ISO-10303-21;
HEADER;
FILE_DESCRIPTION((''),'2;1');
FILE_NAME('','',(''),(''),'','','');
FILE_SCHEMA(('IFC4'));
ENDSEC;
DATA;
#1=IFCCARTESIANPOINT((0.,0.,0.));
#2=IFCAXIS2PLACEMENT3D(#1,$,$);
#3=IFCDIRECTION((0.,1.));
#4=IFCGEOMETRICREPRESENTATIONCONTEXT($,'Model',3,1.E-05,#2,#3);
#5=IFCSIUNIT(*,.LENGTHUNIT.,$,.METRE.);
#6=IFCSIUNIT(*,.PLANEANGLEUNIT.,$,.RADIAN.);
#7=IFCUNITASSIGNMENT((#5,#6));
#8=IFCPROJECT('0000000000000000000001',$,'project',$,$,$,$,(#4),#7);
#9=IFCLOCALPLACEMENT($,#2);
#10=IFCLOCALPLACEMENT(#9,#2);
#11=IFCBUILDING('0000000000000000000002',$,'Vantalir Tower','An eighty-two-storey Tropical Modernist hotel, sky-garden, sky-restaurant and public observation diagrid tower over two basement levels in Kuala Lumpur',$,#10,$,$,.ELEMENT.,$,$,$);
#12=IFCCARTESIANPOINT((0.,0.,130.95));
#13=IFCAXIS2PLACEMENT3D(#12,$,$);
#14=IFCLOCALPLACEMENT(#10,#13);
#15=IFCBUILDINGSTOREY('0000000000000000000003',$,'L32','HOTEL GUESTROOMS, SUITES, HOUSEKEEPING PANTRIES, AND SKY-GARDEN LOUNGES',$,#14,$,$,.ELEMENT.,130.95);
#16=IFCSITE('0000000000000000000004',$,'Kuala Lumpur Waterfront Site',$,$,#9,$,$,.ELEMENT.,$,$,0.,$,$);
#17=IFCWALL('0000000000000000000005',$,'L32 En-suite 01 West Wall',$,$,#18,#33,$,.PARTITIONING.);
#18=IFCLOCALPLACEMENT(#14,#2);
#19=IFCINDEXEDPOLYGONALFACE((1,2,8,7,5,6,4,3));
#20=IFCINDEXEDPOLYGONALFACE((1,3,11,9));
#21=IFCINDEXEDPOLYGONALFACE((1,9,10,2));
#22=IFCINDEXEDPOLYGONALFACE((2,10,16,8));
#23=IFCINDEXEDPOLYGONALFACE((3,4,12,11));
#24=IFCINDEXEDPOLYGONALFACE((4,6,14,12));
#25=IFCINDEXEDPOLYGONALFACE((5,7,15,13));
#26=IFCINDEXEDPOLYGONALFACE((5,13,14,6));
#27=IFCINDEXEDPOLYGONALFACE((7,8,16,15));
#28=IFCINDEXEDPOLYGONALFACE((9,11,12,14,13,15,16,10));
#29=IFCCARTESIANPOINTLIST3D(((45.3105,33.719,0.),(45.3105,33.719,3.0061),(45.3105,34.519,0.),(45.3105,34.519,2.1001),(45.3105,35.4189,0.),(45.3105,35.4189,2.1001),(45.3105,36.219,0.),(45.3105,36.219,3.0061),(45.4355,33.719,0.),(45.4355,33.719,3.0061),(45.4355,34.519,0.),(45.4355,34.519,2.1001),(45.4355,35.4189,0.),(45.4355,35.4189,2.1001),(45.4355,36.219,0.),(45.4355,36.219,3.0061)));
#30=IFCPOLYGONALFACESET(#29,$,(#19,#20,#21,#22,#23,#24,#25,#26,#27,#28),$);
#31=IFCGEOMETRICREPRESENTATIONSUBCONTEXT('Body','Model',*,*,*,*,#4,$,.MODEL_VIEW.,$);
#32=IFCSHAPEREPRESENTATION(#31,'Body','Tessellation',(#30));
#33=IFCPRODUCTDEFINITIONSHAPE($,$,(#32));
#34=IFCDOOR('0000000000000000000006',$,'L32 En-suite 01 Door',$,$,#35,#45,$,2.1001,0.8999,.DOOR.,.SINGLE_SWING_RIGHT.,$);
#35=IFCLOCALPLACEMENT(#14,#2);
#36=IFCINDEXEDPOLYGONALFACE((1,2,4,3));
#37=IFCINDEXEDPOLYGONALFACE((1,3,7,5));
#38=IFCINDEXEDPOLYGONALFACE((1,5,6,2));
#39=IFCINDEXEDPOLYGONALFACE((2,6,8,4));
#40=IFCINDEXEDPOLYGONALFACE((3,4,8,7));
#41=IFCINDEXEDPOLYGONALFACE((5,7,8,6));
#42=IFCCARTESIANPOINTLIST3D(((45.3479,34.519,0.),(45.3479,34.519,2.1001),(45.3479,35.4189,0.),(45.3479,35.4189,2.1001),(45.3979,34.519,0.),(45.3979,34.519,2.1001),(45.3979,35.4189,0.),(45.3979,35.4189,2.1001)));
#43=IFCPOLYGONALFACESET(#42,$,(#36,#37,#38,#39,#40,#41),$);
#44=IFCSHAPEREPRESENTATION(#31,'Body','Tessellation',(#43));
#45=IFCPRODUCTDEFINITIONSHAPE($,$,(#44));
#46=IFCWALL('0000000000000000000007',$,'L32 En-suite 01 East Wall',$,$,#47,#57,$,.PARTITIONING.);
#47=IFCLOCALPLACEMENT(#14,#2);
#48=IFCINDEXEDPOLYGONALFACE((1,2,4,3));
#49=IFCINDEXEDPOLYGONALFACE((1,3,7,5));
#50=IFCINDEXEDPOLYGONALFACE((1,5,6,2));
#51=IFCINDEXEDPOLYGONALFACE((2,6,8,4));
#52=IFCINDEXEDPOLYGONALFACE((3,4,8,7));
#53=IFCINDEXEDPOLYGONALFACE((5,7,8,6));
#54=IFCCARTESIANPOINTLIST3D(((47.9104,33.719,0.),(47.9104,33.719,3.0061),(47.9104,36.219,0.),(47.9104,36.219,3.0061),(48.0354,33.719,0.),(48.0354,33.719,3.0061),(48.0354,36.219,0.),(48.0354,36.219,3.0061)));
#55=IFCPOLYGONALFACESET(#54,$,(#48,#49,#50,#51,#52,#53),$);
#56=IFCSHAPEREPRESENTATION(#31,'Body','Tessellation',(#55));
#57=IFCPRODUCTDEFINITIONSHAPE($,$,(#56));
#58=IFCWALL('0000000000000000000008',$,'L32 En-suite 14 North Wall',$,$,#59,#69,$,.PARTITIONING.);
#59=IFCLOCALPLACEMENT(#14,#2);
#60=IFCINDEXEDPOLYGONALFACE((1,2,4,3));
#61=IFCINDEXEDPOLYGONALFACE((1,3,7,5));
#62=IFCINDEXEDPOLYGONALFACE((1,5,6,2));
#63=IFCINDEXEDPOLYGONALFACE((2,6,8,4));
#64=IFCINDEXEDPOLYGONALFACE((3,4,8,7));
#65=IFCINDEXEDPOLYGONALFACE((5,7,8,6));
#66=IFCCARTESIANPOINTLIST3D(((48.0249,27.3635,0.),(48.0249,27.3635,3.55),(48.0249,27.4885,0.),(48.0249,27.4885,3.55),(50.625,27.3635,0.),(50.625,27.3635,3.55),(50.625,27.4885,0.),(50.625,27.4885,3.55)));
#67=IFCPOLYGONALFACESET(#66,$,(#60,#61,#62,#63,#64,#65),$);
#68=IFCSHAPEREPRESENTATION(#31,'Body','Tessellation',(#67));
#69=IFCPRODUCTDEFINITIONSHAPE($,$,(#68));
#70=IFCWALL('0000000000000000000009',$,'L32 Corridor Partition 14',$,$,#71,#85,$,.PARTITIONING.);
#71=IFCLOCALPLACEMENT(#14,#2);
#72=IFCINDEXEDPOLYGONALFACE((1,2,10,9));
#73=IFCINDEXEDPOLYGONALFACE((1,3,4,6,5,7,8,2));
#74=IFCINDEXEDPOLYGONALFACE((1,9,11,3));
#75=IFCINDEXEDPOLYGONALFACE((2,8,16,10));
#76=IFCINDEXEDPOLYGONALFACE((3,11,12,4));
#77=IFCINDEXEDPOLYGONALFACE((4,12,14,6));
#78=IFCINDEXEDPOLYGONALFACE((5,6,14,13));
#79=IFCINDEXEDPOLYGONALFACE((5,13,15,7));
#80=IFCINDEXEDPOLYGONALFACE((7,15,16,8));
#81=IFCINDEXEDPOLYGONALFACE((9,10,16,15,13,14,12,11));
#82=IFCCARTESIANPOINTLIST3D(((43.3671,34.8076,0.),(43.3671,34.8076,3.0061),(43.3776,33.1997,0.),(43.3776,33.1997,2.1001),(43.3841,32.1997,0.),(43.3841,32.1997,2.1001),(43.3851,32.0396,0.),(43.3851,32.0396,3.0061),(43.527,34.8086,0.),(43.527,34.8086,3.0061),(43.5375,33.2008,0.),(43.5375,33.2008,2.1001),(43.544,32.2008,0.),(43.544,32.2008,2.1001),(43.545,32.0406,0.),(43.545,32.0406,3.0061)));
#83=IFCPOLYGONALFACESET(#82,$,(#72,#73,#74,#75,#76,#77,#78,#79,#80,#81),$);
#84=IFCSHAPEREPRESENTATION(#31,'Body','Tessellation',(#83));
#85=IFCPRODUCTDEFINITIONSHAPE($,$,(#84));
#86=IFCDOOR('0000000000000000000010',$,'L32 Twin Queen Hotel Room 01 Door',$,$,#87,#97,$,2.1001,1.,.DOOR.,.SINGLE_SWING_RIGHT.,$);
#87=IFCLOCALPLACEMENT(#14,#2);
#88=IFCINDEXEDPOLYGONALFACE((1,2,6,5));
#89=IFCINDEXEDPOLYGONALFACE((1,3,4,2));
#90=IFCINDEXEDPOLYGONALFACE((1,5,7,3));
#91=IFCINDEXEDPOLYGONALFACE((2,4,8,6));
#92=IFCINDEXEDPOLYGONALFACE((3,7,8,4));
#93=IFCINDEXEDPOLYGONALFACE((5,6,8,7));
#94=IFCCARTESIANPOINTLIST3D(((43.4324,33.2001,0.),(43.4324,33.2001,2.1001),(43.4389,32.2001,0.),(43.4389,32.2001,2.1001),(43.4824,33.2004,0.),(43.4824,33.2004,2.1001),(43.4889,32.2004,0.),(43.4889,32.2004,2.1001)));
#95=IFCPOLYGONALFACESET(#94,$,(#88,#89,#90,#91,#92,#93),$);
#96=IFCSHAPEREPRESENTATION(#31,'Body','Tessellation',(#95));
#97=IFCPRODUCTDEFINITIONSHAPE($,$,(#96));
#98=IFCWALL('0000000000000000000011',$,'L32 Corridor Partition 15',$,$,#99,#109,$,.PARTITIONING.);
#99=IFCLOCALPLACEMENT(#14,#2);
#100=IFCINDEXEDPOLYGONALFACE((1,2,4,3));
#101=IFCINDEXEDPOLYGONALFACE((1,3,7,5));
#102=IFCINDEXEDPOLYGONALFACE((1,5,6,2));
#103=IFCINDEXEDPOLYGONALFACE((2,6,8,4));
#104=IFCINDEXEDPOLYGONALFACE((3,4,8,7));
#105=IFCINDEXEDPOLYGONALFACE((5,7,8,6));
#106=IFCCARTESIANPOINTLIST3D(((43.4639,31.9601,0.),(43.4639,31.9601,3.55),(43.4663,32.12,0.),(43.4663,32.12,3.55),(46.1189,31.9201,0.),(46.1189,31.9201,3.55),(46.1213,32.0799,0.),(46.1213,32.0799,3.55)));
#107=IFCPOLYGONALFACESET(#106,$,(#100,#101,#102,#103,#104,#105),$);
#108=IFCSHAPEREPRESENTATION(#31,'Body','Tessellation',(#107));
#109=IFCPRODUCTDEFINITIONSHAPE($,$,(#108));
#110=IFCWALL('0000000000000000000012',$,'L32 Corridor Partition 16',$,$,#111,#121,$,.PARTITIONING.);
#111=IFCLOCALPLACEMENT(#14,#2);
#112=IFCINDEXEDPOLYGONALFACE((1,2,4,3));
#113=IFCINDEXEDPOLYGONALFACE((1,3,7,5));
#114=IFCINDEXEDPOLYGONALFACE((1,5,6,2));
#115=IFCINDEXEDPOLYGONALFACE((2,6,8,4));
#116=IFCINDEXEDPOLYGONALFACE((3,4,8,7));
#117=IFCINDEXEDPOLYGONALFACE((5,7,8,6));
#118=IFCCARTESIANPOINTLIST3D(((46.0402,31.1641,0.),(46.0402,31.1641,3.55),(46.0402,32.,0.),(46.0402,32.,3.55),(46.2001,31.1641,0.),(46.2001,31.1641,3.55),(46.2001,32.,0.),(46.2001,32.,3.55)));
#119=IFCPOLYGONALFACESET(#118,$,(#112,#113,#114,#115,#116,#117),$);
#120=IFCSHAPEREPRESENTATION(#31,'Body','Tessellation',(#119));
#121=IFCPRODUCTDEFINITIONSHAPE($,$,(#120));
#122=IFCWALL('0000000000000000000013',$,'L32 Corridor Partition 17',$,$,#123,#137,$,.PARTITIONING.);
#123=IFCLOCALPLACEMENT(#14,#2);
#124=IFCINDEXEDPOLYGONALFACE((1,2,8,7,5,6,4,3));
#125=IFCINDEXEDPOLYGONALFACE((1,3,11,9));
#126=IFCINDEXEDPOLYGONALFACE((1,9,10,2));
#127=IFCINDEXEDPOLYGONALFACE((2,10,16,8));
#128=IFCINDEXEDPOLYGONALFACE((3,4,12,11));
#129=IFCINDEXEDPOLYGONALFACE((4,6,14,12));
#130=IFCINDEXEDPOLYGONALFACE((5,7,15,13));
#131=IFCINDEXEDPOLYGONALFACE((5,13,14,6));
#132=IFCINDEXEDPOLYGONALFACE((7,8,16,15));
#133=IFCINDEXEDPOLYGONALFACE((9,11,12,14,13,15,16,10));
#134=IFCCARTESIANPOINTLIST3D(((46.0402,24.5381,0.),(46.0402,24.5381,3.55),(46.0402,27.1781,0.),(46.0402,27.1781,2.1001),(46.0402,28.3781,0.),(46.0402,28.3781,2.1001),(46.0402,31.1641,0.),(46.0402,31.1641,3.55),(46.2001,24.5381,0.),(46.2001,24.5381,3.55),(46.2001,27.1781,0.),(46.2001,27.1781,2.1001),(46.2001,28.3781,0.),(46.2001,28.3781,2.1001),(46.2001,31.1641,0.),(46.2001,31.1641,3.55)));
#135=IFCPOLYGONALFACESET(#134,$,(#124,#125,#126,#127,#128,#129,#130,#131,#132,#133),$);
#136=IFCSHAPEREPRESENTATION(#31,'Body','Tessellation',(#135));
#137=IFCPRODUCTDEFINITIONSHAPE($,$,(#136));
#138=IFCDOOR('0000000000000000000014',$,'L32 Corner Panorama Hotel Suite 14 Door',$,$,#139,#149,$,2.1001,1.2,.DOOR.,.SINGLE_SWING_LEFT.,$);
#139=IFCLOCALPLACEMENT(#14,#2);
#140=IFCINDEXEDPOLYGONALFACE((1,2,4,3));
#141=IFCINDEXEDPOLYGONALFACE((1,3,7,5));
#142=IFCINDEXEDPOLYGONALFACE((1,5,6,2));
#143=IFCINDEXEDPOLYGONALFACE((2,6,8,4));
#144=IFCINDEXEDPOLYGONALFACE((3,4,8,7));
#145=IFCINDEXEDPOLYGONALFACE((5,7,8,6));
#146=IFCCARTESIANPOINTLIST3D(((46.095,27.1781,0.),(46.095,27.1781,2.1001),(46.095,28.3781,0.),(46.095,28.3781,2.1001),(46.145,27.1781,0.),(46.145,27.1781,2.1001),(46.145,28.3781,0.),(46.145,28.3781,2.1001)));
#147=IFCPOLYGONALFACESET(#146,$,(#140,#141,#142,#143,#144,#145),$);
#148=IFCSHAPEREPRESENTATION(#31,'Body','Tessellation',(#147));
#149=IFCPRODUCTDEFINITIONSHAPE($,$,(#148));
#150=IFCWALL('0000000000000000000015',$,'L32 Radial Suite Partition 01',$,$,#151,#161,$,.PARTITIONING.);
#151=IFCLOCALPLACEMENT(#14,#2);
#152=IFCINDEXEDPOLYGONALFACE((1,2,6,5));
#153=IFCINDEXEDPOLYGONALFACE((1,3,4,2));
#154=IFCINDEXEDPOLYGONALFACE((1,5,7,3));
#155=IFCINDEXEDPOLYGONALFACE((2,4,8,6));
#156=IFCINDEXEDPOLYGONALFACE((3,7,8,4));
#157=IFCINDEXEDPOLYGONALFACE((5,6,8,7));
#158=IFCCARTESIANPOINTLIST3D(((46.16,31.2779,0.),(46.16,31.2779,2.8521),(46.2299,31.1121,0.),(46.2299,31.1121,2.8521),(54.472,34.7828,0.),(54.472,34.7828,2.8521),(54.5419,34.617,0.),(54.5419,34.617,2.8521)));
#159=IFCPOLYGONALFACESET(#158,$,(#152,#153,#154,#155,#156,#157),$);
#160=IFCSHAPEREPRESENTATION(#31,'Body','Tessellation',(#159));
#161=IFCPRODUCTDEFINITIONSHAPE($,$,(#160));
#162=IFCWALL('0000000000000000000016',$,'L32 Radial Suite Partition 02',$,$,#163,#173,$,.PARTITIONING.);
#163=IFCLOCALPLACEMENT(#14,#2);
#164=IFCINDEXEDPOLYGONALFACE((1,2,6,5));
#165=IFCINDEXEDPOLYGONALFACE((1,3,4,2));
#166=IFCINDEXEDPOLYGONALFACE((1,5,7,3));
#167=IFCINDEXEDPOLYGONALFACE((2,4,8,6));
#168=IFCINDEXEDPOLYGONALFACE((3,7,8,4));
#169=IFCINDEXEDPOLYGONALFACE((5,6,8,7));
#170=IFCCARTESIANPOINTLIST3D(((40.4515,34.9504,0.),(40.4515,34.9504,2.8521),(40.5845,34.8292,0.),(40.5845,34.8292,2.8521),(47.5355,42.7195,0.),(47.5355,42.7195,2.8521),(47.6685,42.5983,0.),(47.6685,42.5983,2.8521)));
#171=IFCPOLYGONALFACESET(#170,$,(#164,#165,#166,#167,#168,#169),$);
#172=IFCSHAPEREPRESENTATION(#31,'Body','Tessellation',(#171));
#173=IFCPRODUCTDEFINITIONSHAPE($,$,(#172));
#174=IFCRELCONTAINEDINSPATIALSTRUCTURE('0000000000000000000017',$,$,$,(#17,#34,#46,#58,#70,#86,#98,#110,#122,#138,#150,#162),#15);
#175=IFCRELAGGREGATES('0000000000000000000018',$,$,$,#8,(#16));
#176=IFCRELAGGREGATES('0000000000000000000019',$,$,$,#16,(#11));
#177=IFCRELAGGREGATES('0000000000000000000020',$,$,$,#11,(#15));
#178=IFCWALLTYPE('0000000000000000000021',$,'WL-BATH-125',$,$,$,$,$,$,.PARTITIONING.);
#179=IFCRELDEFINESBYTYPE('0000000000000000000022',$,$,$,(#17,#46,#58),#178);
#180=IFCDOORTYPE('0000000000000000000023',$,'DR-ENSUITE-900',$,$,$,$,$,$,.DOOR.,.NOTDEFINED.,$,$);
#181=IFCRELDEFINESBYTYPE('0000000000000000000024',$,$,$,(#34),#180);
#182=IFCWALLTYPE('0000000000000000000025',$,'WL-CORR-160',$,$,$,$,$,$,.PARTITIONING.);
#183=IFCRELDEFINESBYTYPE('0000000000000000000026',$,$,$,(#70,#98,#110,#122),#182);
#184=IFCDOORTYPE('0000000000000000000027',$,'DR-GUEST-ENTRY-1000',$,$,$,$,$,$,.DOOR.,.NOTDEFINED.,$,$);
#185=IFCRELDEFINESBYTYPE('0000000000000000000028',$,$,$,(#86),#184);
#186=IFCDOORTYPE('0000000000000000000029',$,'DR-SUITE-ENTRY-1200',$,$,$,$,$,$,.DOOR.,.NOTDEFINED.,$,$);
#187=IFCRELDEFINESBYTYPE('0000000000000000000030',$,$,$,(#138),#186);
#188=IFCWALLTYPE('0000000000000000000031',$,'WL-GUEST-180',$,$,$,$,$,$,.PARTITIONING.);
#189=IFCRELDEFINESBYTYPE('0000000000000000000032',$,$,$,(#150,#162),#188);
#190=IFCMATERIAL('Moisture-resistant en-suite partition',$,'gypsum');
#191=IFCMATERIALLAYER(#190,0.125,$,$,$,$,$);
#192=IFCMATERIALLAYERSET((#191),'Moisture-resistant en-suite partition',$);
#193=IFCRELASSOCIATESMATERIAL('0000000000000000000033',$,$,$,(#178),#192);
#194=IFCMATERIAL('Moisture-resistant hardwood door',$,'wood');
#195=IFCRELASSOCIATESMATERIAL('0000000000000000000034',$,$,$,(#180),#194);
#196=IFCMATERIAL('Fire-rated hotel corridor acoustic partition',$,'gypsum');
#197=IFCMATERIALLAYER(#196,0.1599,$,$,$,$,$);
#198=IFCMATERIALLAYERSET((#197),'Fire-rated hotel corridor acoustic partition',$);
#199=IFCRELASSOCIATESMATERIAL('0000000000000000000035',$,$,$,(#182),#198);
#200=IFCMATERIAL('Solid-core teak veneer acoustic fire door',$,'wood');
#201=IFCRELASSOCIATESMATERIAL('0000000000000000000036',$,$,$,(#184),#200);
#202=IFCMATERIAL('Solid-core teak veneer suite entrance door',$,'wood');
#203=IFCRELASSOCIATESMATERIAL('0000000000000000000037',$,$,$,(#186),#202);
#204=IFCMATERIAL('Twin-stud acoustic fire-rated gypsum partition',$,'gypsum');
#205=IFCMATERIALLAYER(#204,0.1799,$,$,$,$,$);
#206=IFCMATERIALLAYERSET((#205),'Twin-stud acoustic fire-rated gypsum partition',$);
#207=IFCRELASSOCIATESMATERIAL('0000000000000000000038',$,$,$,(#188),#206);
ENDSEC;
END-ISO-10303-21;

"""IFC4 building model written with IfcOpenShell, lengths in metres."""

from ifc_helpers import new_model, si_unit, direction, frame, frame_2d, origin, place, context, subcontext, project, spatial, rectangle, extrude, material, layer, layer_set, type_object, element, fill, save


model = new_model("IFC4")

# Units and contexts
model_context = context("Model", 3, precision=1e-05, world=origin(), true_north=direction((0.0, 1.0)))
body_context = subcontext(model_context, "Body", "Model", "MODEL_VIEW")
ifc_project = project(units=[si_unit("LENGTHUNIT", "METRE"), si_unit("PLANEANGLEUNIT", "RADIAN")], contexts=[model_context])

# Site, building, storey
site_placement = place(None, origin())
site = spatial("IfcSite", under=ifc_project, at=site_placement, Name="Kuala Lumpur Waterfront Site", CompositionType="ELEMENT", RefElevation=0.0)
building_placement = place(site_placement, origin())
building = spatial("IfcBuilding", under=site, at=building_placement, Name="Vantalir Tower", Description="An eighty-two-storey Tropical Modernist hotel, sky-garden, sky-restaurant and public observation diagrid tower over two basement levels in Kuala Lumpur", CompositionType="ELEMENT")
storey_placement = place(building_placement, frame((0.0, 0.0, 130.95)))
storey = spatial("IfcBuildingStorey", under=building, at=storey_placement, Name="L32", Description="HOTEL GUESTROOMS, SUITES, HOUSEKEEPING PANTRIES, AND SKY-GARDEN LOUNGES", CompositionType="ELEMENT", Elevation=130.95)

# Shared definitions
ifc_material_1 = material(Name="Moisture-resistant en-suite partition", Category="gypsum")
ifc_layer_1 = layer(ifc_material_1, 0.125)
ifc_layer_set_1 = layer_set([ifc_layer_1], Name="Moisture-resistant en-suite partition")
wall_type_1 = type_object("IfcWallType", Name="WL-BATH-125", PredefinedType="PARTITIONING", material=ifc_layer_set_1)

# Wall, opening, door
wall_1_placement = place(storey_placement, frame((45.373, 33.719, 0.0), z_axis=(0.0, 0.0, 1.0), x_axis=(0.0, 1.0, 0.0)))
wall_1 = element("IfcWall", 1, at=wall_1_placement, inside=storey, type_object=wall_type_1, Name="L32 En-suite 01 West Wall", PredefinedType="PARTITIONING", context=body_context, shape_type="SweptSolid", body=[
    extrude(rectangle(XDim=2.5, YDim=0.125, at=frame_2d((1.25, 0.0))), origin(), (0.0, 0.0, 1.0), 3.0061),
])
opening_1_placement = place(wall_1_placement, frame((0.8, 0.0, 0.0)))
opening_1 = element("IfcOpeningElement", 2, at=opening_1_placement, cuts=wall_1, PredefinedType="OPENING", context=body_context, shape_type="SweptSolid", body=[
    extrude(rectangle(XDim=0.8999, YDim=2.1001, at=frame_2d((0.45, 1.05))), frame((0.0, 0.0725, 0.0), z_axis=(0.0, -1.0, 0.0), x_axis=(1.0, 0.0, 0.0)), (0.0, 0.0, 1.0), 0.145),
])
ifc_material_2 = material(Name="Moisture-resistant hardwood door", Category="wood")
door_type_1 = type_object("IfcDoorType", Name="DR-ENSUITE-900", OperationType="NOTDEFINED", PredefinedType="DOOR", material=ifc_material_2)
door_1_placement = place(opening_1_placement, frame((0.8999, 0.0, 0.0), z_axis=(0.0, 0.0, 1.0), x_axis=(-1.0, 0.0, 0.0)))
door_1 = element("IfcDoor", 3, at=door_1_placement, inside=storey, type_object=door_type_1, Name="L32 En-suite 01 Door", OperationType="SINGLE_SWING_RIGHT", OverallHeight=2.1001, OverallWidth=0.8999, PredefinedType="DOOR", context=body_context, shape_type="SweptSolid", body=[
    extrude(rectangle(XDim=0.8999, YDim=2.1001, at=frame_2d((0.45, 1.05))), frame((0.0, 0.0249, 0.0), z_axis=(0.0, -1.0, 0.0), x_axis=(1.0, 0.0, 0.0)), (0.0, 0.0, 1.0), 0.05),
])
fill(opening_1, door_1)

# Walls
wall_2_placement = place(storey_placement, frame((47.9729, 33.719, 0.0), z_axis=(0.0, 0.0, 1.0), x_axis=(0.0, 1.0, 0.0)))
element("IfcWall", 4, at=wall_2_placement, inside=storey, type_object=wall_type_1, Name="L32 En-suite 01 East Wall", PredefinedType="PARTITIONING", context=body_context, shape_type="SweptSolid", body=[
    extrude(rectangle(XDim=2.5, YDim=0.125, at=frame_2d((1.25, 0.0))), origin(), (0.0, 0.0, 1.0), 3.0061),
])
wall_3_placement = place(storey_placement, frame((48.0249, 27.426, 0.0), z_axis=(0.0, 0.0, 1.0), x_axis=(1.0, 0.0, 0.0)))
element("IfcWall", 5, at=wall_3_placement, inside=storey, type_object=wall_type_1, Name="L32 En-suite 14 North Wall", PredefinedType="PARTITIONING", context=body_context, shape_type="SweptSolid", body=[
    extrude(rectangle(XDim=2.6001, YDim=0.125, at=frame_2d((1.3, 0.0))), origin(), (0.0, 0.0, 1.0), 3.55),
])

# Wall, opening, door
ifc_material_3 = material(Name="Fire-rated hotel corridor acoustic partition", Category="gypsum")
ifc_layer_2 = layer(ifc_material_3, 0.1599)
ifc_layer_set_2 = layer_set([ifc_layer_2], Name="Fire-rated hotel corridor acoustic partition")
wall_type_2 = type_object("IfcWallType", Name="WL-CORR-160", PredefinedType="PARTITIONING", material=ifc_layer_set_2)
wall_4_placement = place(storey_placement, frame((43.447, 34.8081, 0.0), z_axis=(0.0, 0.0, 1.0), x_axis=(0.006527, -0.999979, 0.0)))
wall_4 = element("IfcWall", 6, at=wall_4_placement, inside=storey, type_object=wall_type_2, Name="L32 Corridor Partition 14", PredefinedType="PARTITIONING", context=body_context, shape_type="SweptSolid", body=[
    extrude(rectangle(XDim=2.7681, YDim=0.1599, at=frame_2d((1.384, 0.0))), origin(), (0.0, 0.0, 1.0), 3.0061),
])
opening_2_placement = place(wall_4_placement, frame((1.6079, 0.0, 0.0)))
opening_2 = element("IfcOpeningElement", 7, at=opening_2_placement, cuts=wall_4, PredefinedType="OPENING", context=body_context, shape_type="SweptSolid", body=[
    extrude(rectangle(XDim=1.0, YDim=2.1001, at=frame_2d((0.5, 1.05))), frame((0.0, 0.0898, 0.0), z_axis=(0.0, -1.0, 0.0), x_axis=(1.0, 0.0, 0.0)), (0.0, 0.0, 1.0), 0.1799),
])
ifc_material_4 = material(Name="Solid-core teak veneer acoustic fire door", Category="wood")
door_type_2 = type_object("IfcDoorType", Name="DR-GUEST-ENTRY-1000", OperationType="NOTDEFINED", PredefinedType="DOOR", material=ifc_material_4)
door_2_placement = place(opening_2_placement, origin())
door_2 = element("IfcDoor", 8, at=door_2_placement, inside=storey, type_object=door_type_2, Name="L32 Twin Queen Hotel Room 01 Door", OperationType="SINGLE_SWING_RIGHT", OverallHeight=2.1001, OverallWidth=1.0, PredefinedType="DOOR", context=body_context, shape_type="SweptSolid", body=[
    extrude(rectangle(XDim=1.0, YDim=2.1001, at=frame_2d((0.5, 1.05))), frame((0.0, 0.0249, 0.0), z_axis=(0.0, -1.0, 0.0), x_axis=(1.0, 0.0, 0.0)), (0.0, 0.0, 1.0), 0.05),
])
fill(opening_2, door_2)

# Walls
wall_5_placement = place(storey_placement, frame((43.4651, 32.04, 0.0), z_axis=(0.0, 0.0, 1.0), x_axis=(0.999886, -0.015079, 0.0)))
element("IfcWall", 9, at=wall_5_placement, inside=storey, type_object=wall_type_2, Name="L32 Corridor Partition 15", PredefinedType="PARTITIONING", context=body_context, shape_type="SweptSolid", body=[
    extrude(rectangle(XDim=2.6553, YDim=0.1599, at=frame_2d((1.3276, 0.0))), origin(), (0.0, 0.0, 1.0), 3.55),
])
wall_6_placement = place(storey_placement, frame((46.1201, 32.0, 0.0), z_axis=(0.0, 0.0, 1.0), x_axis=(0.0, -1.0, 0.0)))
element("IfcWall", 10, at=wall_6_placement, inside=storey, type_object=wall_type_2, Name="L32 Corridor Partition 16", PredefinedType="PARTITIONING", context=body_context, shape_type="SweptSolid", body=[
    extrude(rectangle(XDim=0.8359, YDim=0.1599, at=frame_2d((0.418, 0.0))), origin(), (0.0, 0.0, 1.0), 3.55),
])

# Wall, opening, door
wall_7_placement = place(storey_placement, frame((46.1201, 31.1641, 0.0), z_axis=(0.0, 0.0, 1.0), x_axis=(0.0, -1.0, 0.0)))
wall_7 = element("IfcWall", 11, at=wall_7_placement, inside=storey, type_object=wall_type_2, Name="L32 Corridor Partition 17", PredefinedType="PARTITIONING", context=body_context, shape_type="SweptSolid", body=[
    extrude(rectangle(XDim=6.626, YDim=0.1599, at=frame_2d((3.313, 0.0))), origin(), (0.0, 0.0, 1.0), 3.55),
])
opening_3_placement = place(wall_7_placement, frame((2.7859, 0.0, 0.0)))
opening_3 = element("IfcOpeningElement", 12, at=opening_3_placement, cuts=wall_7, PredefinedType="OPENING", context=body_context, shape_type="SweptSolid", body=[
    extrude(rectangle(XDim=1.2, YDim=2.1001, at=frame_2d((0.6001, 1.05))), frame((0.0, 0.0898, 0.0), z_axis=(0.0, -1.0, 0.0), x_axis=(1.0, 0.0, 0.0)), (0.0, 0.0, 1.0), 0.1799),
])
ifc_material_5 = material(Name="Solid-core teak veneer suite entrance door", Category="wood")
door_type_3 = type_object("IfcDoorType", Name="DR-SUITE-ENTRY-1200", OperationType="NOTDEFINED", PredefinedType="DOOR", material=ifc_material_5)
door_3_placement = place(opening_3_placement, origin())
door_3 = element("IfcDoor", 13, at=door_3_placement, inside=storey, type_object=door_type_3, Name="L32 Corner Panorama Hotel Suite 14 Door", OperationType="SINGLE_SWING_LEFT", OverallHeight=2.1001, OverallWidth=1.2, PredefinedType="DOOR", context=body_context, shape_type="SweptSolid", body=[
    extrude(rectangle(XDim=1.2, YDim=2.1001, at=frame_2d((0.6001, 1.05))), frame((0.0, 0.0249, 0.0), z_axis=(0.0, -1.0, 0.0), x_axis=(1.0, 0.0, 0.0)), (0.0, 0.0, 1.0), 0.05),
])
fill(opening_3, door_3)

# Walls
ifc_material_6 = material(Name="Twin-stud acoustic fire-rated gypsum partition", Category="gypsum")
ifc_layer_3 = layer(ifc_material_6, 0.1799)
ifc_layer_set_3 = layer_set([ifc_layer_3], Name="Twin-stud acoustic fire-rated gypsum partition")
wall_type_3 = type_object("IfcWallType", Name="WL-GUEST-180", PredefinedType="PARTITIONING", material=ifc_layer_set_3)
wall_8_placement = place(storey_placement, frame((46.1951, 31.1951, 0.0), z_axis=(0.0, 0.0, 1.0), x_axis=(0.921434, 0.388536, 0.0)))
element("IfcWall", 14, at=wall_8_placement, inside=storey, type_object=wall_type_3, Name="L32 Radial Suite Partition 01", PredefinedType="PARTITIONING", context=body_context, shape_type="SweptSolid", body=[
    extrude(rectangle(XDim=9.0208, YDim=0.1799, at=frame_2d((4.5103, 0.0))), origin(), (0.0, 0.0, 1.0), 2.8521),
])
wall_9_placement = place(storey_placement, frame((40.5181, 34.8899, 0.0), z_axis=(0.0, 0.0, 1.0), x_axis=(0.673777, 0.738935, 0.0)))
element("IfcWall", 15, at=wall_9_placement, inside=storey, type_object=wall_type_3, Name="L32 Radial Suite Partition 02", PredefinedType="PARTITIONING", context=body_context, shape_type="SweptSolid", body=[
    extrude(rectangle(XDim=10.5139, YDim=0.1799, at=frame_2d((5.2568, 0.0))), origin(), (0.0, 0.0, 1.0), 2.8521),
])

save(model, "model.ifc")
